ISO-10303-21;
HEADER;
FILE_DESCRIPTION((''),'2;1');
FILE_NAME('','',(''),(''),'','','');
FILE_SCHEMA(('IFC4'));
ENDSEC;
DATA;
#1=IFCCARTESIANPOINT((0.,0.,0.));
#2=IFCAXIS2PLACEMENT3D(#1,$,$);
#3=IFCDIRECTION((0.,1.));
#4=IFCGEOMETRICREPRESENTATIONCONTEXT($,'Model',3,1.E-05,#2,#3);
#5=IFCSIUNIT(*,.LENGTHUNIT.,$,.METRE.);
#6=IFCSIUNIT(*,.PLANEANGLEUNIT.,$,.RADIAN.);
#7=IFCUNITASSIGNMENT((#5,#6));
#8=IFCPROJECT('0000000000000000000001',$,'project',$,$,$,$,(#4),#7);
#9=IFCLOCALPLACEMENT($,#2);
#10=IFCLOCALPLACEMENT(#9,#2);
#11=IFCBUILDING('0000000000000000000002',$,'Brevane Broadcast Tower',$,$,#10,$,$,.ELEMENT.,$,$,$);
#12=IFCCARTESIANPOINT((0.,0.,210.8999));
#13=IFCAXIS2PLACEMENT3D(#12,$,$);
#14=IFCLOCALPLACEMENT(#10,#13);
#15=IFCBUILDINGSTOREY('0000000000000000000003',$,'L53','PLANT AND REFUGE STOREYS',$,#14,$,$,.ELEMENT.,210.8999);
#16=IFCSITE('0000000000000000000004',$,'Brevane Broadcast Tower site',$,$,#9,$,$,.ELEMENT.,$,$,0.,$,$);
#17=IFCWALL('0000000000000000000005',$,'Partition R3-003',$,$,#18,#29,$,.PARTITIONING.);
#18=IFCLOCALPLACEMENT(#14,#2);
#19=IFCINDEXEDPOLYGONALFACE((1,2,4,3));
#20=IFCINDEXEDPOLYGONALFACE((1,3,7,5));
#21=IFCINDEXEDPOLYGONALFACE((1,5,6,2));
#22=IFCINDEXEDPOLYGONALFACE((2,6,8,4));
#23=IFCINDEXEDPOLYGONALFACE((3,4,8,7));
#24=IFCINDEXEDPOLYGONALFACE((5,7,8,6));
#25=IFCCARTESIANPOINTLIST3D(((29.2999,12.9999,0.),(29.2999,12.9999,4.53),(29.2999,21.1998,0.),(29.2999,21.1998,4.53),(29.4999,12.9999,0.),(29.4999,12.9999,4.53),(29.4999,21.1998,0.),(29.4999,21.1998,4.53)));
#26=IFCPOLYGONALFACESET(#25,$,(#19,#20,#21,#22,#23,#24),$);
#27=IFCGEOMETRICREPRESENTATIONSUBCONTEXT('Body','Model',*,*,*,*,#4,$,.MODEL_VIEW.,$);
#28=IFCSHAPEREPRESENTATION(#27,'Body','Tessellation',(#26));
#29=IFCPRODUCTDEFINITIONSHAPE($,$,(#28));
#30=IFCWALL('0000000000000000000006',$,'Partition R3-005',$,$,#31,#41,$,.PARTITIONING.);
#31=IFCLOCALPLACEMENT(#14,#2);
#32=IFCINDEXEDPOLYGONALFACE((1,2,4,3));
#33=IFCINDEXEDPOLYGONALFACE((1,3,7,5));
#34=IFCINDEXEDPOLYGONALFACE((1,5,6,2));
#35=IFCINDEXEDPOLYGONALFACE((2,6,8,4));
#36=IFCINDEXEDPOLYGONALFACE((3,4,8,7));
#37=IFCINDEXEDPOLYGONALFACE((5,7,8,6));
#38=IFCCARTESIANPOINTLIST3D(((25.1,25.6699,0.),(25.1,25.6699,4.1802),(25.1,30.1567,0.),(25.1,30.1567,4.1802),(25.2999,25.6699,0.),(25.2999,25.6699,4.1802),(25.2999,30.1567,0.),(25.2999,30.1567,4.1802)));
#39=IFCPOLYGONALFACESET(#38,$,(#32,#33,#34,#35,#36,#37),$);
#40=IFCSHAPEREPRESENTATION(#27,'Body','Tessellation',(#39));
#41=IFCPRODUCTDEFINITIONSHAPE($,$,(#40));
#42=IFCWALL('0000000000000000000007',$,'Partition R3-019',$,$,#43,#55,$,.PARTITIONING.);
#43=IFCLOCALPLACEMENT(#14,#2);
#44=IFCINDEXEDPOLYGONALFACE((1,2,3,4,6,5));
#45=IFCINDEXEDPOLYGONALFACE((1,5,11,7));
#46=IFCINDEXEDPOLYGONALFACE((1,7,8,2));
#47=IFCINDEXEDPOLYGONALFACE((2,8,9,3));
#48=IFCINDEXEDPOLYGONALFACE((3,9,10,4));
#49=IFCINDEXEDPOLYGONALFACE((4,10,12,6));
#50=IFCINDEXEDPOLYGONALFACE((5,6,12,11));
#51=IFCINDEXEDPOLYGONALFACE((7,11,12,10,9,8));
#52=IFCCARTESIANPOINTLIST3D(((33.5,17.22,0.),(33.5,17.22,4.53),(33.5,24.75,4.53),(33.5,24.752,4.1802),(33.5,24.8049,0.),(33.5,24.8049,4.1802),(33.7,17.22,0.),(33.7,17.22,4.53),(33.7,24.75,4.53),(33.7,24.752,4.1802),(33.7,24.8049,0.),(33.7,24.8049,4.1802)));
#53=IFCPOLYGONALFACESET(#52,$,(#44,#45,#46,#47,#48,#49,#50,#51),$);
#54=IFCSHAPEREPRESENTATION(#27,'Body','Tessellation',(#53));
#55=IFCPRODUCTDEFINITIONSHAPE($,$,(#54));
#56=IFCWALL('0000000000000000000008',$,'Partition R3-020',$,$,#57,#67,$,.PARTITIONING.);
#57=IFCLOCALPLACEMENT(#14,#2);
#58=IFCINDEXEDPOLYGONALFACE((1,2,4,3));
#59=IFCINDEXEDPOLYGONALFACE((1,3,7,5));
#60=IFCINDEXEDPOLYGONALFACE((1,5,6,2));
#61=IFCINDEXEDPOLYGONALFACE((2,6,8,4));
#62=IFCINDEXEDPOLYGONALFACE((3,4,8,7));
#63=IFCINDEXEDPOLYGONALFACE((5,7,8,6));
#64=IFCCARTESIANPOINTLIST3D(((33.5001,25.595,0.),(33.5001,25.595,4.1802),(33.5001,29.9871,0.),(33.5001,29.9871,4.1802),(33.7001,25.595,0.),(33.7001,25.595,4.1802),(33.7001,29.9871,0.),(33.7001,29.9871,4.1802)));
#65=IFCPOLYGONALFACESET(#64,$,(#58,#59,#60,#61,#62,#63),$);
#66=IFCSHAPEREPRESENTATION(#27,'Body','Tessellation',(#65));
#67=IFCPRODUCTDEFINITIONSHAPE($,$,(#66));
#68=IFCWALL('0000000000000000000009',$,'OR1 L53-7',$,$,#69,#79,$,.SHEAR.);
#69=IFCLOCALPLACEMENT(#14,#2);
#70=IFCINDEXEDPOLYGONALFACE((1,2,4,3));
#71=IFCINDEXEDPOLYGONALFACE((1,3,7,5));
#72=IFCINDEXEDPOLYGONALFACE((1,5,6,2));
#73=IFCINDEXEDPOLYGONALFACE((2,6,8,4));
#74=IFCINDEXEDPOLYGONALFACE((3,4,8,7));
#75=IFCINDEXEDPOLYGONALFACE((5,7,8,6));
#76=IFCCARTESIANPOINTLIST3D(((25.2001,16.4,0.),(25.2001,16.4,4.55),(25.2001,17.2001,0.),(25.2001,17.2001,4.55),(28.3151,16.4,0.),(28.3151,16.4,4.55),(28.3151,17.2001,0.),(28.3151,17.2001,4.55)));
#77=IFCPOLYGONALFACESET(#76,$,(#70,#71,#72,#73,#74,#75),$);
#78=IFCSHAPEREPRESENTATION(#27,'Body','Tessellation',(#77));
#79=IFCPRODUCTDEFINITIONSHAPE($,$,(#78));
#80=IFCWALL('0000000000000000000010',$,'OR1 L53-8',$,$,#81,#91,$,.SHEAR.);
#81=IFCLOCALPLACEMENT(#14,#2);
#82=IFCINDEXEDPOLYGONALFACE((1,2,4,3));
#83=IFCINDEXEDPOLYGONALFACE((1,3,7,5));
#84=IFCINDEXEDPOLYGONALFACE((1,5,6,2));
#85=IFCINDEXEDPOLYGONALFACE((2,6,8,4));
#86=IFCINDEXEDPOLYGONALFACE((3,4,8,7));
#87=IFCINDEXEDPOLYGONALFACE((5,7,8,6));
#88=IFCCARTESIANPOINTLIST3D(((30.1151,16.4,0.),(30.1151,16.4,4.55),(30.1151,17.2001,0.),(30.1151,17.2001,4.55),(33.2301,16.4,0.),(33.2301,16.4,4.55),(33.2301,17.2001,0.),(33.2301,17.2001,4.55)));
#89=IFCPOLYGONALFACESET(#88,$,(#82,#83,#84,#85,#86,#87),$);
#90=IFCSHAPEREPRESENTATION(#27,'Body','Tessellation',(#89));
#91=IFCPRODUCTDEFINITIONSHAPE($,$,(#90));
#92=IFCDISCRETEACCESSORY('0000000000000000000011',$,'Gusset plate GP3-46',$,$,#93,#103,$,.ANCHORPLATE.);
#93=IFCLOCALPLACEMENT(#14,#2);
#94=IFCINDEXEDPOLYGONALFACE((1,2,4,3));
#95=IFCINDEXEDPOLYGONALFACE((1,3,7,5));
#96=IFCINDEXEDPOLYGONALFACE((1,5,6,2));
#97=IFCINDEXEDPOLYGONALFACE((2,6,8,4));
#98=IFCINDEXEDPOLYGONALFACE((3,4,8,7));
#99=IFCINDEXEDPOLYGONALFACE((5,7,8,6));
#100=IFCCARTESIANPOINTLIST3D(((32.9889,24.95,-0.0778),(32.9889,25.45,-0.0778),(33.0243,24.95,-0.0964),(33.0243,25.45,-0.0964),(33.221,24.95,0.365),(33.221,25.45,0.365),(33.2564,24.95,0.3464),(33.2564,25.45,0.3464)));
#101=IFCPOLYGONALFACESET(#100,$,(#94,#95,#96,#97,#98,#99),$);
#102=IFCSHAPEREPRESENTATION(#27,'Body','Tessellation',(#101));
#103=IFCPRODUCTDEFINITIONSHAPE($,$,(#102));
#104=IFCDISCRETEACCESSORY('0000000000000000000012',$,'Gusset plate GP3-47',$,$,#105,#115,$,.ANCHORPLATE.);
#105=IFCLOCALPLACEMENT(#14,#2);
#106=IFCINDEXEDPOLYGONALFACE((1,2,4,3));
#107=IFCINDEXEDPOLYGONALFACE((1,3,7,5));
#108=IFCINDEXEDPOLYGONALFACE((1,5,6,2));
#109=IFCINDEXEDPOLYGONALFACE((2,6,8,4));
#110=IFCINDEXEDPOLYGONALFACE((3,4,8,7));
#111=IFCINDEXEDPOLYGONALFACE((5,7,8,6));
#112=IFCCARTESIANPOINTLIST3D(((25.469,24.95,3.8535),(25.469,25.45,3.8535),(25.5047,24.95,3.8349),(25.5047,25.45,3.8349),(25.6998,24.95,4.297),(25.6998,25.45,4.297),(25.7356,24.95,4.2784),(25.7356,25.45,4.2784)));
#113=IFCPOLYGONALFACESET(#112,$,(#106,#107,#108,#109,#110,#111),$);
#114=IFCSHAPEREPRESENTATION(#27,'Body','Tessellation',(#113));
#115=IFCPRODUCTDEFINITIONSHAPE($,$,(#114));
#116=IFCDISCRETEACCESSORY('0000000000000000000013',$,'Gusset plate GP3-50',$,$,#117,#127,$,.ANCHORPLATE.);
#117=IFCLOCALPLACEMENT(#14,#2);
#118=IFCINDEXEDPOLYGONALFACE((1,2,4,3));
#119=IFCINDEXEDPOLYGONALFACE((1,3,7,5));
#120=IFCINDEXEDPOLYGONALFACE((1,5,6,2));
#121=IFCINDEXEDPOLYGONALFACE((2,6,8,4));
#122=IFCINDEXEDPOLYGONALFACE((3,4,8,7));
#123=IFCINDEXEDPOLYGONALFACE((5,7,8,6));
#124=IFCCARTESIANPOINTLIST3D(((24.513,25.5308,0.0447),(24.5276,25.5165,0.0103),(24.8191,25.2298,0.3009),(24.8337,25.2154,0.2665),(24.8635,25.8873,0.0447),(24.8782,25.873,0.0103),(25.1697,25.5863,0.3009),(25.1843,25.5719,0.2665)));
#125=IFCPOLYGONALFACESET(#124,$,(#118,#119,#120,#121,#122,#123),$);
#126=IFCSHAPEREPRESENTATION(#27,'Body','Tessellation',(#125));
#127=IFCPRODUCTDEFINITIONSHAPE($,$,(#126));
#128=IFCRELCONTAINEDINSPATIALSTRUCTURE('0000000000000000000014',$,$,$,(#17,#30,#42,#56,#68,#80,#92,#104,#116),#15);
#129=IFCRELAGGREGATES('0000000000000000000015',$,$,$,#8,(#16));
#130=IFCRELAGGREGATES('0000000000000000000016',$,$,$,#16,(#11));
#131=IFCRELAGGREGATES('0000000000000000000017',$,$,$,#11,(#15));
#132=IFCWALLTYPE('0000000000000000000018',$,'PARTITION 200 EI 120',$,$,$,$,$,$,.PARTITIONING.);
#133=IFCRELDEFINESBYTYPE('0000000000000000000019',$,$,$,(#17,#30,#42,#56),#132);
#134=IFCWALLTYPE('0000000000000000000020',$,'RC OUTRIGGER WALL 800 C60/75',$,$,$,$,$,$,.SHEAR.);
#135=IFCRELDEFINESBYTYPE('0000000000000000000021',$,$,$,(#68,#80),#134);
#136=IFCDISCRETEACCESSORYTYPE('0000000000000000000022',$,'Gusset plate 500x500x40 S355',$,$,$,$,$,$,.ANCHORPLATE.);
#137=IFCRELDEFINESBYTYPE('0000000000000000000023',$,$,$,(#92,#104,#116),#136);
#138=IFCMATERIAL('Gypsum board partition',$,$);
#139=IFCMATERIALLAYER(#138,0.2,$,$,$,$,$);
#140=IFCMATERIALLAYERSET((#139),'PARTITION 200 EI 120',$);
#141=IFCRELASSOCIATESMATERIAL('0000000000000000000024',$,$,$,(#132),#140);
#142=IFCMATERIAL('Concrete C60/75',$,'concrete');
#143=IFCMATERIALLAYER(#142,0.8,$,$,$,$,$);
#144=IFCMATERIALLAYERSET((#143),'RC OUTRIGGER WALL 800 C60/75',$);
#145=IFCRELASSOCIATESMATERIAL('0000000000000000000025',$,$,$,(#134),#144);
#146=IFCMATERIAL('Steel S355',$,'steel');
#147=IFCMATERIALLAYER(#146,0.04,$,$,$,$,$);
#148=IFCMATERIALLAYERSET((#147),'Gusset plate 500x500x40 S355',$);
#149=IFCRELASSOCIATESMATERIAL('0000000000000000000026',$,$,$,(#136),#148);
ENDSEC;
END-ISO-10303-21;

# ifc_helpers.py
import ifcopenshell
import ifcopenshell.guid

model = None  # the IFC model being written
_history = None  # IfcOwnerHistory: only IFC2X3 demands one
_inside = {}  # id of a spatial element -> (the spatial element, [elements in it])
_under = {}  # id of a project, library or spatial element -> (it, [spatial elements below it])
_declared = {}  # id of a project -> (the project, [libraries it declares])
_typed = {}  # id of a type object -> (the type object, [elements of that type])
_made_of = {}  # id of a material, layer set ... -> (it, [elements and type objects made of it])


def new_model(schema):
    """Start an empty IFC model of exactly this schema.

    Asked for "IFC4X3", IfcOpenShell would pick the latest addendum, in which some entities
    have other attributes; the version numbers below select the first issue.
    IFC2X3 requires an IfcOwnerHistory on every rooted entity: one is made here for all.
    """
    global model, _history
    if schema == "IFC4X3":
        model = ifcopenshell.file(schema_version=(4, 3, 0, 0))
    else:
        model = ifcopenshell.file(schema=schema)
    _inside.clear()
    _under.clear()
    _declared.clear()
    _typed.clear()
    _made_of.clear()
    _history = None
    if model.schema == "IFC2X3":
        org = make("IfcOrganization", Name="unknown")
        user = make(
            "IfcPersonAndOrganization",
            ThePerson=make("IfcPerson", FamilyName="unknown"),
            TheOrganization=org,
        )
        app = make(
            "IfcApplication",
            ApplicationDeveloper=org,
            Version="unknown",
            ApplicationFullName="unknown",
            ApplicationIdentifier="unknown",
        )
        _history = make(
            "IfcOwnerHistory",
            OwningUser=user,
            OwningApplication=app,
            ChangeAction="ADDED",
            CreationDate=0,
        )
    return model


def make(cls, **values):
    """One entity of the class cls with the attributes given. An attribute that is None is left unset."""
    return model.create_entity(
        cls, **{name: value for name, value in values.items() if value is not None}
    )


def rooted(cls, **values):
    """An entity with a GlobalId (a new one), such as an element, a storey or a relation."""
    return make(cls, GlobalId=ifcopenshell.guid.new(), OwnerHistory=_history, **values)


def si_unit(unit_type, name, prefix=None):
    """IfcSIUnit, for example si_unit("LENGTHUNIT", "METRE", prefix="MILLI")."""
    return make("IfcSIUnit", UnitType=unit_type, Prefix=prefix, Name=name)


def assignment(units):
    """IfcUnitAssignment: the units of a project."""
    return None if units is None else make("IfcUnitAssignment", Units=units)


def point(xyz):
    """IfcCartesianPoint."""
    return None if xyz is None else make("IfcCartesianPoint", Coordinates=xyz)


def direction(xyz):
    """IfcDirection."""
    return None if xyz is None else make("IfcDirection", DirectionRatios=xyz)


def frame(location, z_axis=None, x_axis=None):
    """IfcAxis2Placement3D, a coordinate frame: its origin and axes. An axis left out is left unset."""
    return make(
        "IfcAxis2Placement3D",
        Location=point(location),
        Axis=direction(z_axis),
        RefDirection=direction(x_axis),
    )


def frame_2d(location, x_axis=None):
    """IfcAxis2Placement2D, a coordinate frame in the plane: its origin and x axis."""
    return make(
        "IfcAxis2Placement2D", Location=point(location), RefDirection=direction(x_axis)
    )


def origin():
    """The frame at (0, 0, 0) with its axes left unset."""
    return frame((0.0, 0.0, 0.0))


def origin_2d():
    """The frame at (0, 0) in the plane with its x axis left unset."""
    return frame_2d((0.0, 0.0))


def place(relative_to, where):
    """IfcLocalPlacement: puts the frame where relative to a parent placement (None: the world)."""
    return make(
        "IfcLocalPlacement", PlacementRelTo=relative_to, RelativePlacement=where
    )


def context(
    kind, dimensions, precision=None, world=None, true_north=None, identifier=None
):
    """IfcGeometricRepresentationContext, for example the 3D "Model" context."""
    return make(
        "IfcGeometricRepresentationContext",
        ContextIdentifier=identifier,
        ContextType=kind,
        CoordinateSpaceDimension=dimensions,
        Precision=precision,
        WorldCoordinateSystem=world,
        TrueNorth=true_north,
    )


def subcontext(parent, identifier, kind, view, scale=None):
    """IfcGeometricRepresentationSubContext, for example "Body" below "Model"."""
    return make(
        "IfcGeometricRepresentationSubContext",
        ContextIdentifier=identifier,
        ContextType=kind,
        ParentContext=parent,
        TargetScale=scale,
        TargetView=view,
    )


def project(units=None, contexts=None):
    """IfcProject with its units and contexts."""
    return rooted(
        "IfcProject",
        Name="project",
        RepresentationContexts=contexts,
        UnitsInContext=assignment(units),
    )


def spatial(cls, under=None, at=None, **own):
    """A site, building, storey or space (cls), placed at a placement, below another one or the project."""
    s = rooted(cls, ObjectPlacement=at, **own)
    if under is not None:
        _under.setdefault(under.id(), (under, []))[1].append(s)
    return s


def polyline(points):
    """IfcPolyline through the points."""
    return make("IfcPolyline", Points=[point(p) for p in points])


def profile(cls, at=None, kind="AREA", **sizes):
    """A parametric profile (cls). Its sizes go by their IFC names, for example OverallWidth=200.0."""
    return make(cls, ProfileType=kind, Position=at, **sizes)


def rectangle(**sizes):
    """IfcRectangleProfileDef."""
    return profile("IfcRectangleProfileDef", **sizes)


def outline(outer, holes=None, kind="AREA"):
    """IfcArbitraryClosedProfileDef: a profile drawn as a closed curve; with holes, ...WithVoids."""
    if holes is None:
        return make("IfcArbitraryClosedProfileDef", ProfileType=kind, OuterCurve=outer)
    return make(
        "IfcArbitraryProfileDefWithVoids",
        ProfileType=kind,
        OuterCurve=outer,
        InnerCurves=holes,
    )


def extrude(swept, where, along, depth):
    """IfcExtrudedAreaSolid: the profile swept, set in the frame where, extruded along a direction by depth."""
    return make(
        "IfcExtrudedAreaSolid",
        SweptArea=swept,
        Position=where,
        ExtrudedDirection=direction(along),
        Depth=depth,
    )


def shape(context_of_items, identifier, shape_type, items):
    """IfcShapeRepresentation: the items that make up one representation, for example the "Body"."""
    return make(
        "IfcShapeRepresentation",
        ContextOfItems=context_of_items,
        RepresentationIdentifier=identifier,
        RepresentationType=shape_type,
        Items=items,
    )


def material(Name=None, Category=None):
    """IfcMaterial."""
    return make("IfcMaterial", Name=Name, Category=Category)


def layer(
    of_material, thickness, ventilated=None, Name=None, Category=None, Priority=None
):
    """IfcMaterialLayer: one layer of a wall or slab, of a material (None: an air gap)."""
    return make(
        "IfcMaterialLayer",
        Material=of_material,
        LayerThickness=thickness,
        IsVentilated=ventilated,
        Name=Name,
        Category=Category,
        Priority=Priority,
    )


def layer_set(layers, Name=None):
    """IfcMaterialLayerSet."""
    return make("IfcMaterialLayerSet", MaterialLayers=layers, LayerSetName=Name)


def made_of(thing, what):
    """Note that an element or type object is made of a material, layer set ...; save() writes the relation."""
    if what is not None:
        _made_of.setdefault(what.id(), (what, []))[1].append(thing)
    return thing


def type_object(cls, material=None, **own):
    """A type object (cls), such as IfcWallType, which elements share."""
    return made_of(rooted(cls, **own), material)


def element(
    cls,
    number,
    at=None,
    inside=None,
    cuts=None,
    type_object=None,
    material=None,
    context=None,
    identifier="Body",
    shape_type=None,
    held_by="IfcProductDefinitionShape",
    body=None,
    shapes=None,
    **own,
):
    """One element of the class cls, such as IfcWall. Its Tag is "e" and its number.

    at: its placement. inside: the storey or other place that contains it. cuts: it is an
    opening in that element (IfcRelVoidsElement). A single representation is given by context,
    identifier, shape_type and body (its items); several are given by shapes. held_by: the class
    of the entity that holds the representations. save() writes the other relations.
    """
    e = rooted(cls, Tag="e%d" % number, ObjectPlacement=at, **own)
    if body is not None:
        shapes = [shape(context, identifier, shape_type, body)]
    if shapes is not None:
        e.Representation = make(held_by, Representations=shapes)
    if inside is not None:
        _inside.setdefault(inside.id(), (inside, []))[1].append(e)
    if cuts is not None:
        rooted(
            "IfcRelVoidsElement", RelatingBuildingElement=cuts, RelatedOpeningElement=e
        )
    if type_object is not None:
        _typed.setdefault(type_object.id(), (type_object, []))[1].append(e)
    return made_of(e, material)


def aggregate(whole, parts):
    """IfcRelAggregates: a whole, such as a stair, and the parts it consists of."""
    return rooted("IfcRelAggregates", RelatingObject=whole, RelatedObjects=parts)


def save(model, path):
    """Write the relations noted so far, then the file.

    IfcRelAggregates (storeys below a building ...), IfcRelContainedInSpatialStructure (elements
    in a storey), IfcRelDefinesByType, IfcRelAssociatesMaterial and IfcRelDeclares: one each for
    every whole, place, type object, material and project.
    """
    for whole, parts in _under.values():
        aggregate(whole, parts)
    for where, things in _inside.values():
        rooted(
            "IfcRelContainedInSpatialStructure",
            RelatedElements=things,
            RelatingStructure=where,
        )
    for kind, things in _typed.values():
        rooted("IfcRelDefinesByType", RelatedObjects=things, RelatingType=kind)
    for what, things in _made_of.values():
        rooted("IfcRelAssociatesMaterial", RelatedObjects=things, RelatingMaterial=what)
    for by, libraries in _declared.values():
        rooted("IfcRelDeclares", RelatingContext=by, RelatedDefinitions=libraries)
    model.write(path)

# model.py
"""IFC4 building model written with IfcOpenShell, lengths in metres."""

from ifc_helpers import new_model, si_unit, direction, frame, frame_2d, origin, origin_2d, place, context, subcontext, project, spatial, polyline, rectangle, outline, extrude, material, layer, layer_set, type_object, element, save


model = new_model("IFC4")

# Units and contexts
model_context = context("Model", 3, precision=1e-05, world=origin(), true_north=direction((0.0, 1.0)))
body_context = subcontext(model_context, "Body", "Model", "MODEL_VIEW")
ifc_project = project(units=[si_unit("LENGTHUNIT", "METRE"), si_unit("PLANEANGLEUNIT", "RADIAN")], contexts=[model_context])

# Site, building, storey
site_placement = place(None, origin())
site = spatial("IfcSite", under=ifc_project, at=site_placement, Name="Brevane Broadcast Tower site", CompositionType="ELEMENT", RefElevation=0.0)
building_placement = place(site_placement, origin())
building = spatial("IfcBuilding", under=site, at=building_placement, Name="Brevane Broadcast Tower", CompositionType="ELEMENT")
storey_placement = place(building_placement, frame((0.0, 0.0, 210.8999)))
storey = spatial("IfcBuildingStorey", under=building, at=storey_placement, Name="L53", Description="PLANT AND REFUGE STOREYS", CompositionType="ELEMENT", Elevation=210.8999)

# Shared definitions
ifc_material_1 = material(Name="Steel S355", Category="steel")

# Shared definitions
ifc_material_2 = material(Name="Gypsum board partition")
ifc_layer_1 = layer(ifc_material_2, 0.2)
ifc_layer_set_1 = layer_set([ifc_layer_1], Name="PARTITION 200 EI 120")
wall_type_1 = type_object("IfcWallType", Name="PARTITION 200 EI 120", PredefinedType="PARTITIONING", material=ifc_layer_set_1)

# Walls
wall_1_placement = place(storey_placement, frame((29.3999, 21.2, 0.0), z_axis=(0.0, 0.0, 1.0), x_axis=(0.0, -1.0, 0.0)))
element("IfcWall", 1, at=wall_1_placement, inside=storey, type_object=wall_type_1, Name="Partition R3-003", PredefinedType="PARTITIONING", context=body_context, shape_type="SweptSolid", body=[
    extrude(rectangle(XDim=8.2, YDim=0.2, at=frame_2d((4.1001, 0.0))), origin(), (0.0, 0.0, 1.0), 4.53),
])
wall_2_placement = place(storey_placement, frame((25.2, 25.6699, 0.0), z_axis=(0.0, 0.0, 1.0), x_axis=(0.0, 1.0, 0.0)))
element("IfcWall", 2, at=wall_2_placement, inside=storey, type_object=wall_type_1, Name="Partition R3-005", PredefinedType="PARTITIONING", context=body_context, shape_type="SweptSolid", body=[
    extrude(rectangle(XDim=4.4868, YDim=0.2, at=frame_2d((2.2434, 0.0))), origin(), (0.0, 0.0, 1.0), 4.1802),
])
wall_3_placement = place(storey_placement, frame((33.6001, 17.22, 0.0), z_axis=(0.0, 0.0, 1.0), x_axis=(0.0, 1.0, 0.0)))
element("IfcWall", 3, at=wall_3_placement, inside=storey, type_object=wall_type_1, Name="Partition R3-019", PredefinedType="PARTITIONING", context=body_context, shape_type="SweptSolid", body=[
    extrude(outline(polyline([(0.0, 0.0), (7.585, 0.0), (7.585, 4.1802), (7.532, 4.1802), (7.53, 4.53), (0.0, 4.53), (0.0, 0.0)])), frame((0.0, 0.1001, 0.0), z_axis=(0.0, -1.0, 0.0), x_axis=(1.0, 0.0, 0.0)), (0.0, 0.0, 1.0), 0.2),
])
wall_4_placement = place(storey_placement, frame((33.6001, 25.595, 0.0), z_axis=(0.0, 0.0, 1.0), x_axis=(0.0, 1.0, 0.0)))
element("IfcWall", 4, at=wall_4_placement, inside=storey, type_object=wall_type_1, Name="Partition R3-020", PredefinedType="PARTITIONING", context=body_context, shape_type="SweptSolid", body=[
    extrude(rectangle(XDim=4.3921, YDim=0.2, at=frame_2d((2.196, 0.0))), origin(), (0.0, 0.0, 1.0), 4.1802),
])
ifc_material_3 = material(Name="Concrete C60/75", Category="concrete")
ifc_layer_2 = layer(ifc_material_3, 0.8)
ifc_layer_set_2 = layer_set([ifc_layer_2], Name="RC OUTRIGGER WALL 800 C60/75")
wall_type_2 = type_object("IfcWallType", Name="RC OUTRIGGER WALL 800 C60/75", PredefinedType="SHEAR", material=ifc_layer_set_2)
for number, where, z_axis, x_axis, name in (
    (5, (25.2, 16.8, 0.0), (0.0, 0.0, 1.0), (1.0, 0.0, 0.0), "OR1 L53-7"),
    (6, (30.115, 16.8, 0.0), (0.0, 0.0, 1.0), (1.0, 0.0, 0.0), "OR1 L53-8"),
):
    element("IfcWall", number, at=place(storey_placement, frame(where, z_axis=z_axis, x_axis=x_axis)), inside=storey, type_object=wall_type_2, Name=name, PredefinedType="SHEAR", context=body_context, shape_type="SweptSolid", body=[
        extrude(rectangle(XDim=3.115, YDim=0.8, at=frame_2d((1.5576, 0.0))), origin(), (0.0, 0.0, 1.0), 4.55),
    ])

# Discrete accessories
ifc_layer_3 = layer(ifc_material_1, 0.04)
ifc_layer_set_3 = layer_set([ifc_layer_3], Name="Gusset plate 500x500x40 S355")
discrete_accessory_type = type_object("IfcDiscreteAccessoryType", Name="Gusset plate 500x500x40 S355", PredefinedType="ANCHORPLATE", material=ifc_layer_set_3)
discrete_accessory_1_placement = place(storey_placement, frame((33.1404, 25.2, 0.125), z_axis=(-0.885712, 0.0, 0.464235), x_axis=(0.0, -1.0, 0.0)))
element("IfcDiscreteAccessory", 7, at=discrete_accessory_1_placement, inside=storey, type_object=discrete_accessory_type, Name="Gusset plate GP3-46", PredefinedType="ANCHORPLATE", context=body_context, shape_type="SweptSolid", body=[
    extrude(rectangle(XDim=0.5, YDim=0.5, at=origin_2d()), origin(), (0.0, 0.0, 1.0), 0.04),
])
discrete_accessory_2_placement = place(storey_placement, frame((25.6201, 25.2, 4.0566), z_axis=(-0.887018, 0.0, 0.461735), x_axis=(0.0, -1.0, 0.0)))
element("IfcDiscreteAccessory", 8, at=discrete_accessory_2_placement, inside=storey, type_object=discrete_accessory_type, Name="Gusset plate GP3-47", PredefinedType="ANCHORPLATE", context=body_context, shape_type="SweptSolid", body=[
    extrude(rectangle(XDim=0.5, YDim=0.5, at=origin_2d()), origin(), (0.0, 0.0, 1.0), 0.0403),
])
discrete_accessory_3_placement = place(storey_placement, frame((24.856, 25.5442, 0.1384), z_axis=(-0.365406, 0.359316, 0.858703), x_axis=(-0.70114, -0.713024, 0.0)))
element("IfcDiscreteAccessory", 9, at=discrete_accessory_3_placement, inside=storey, type_object=discrete_accessory_type, Name="Gusset plate GP3-50", PredefinedType="ANCHORPLATE", context=body_context, shape_type="SweptSolid", body=[
    extrude(rectangle(XDim=0.5, YDim=0.5, at=origin_2d()), origin(), (0.0, 0.0, 1.0), 0.04),
])

save(model, "model.ifc")
